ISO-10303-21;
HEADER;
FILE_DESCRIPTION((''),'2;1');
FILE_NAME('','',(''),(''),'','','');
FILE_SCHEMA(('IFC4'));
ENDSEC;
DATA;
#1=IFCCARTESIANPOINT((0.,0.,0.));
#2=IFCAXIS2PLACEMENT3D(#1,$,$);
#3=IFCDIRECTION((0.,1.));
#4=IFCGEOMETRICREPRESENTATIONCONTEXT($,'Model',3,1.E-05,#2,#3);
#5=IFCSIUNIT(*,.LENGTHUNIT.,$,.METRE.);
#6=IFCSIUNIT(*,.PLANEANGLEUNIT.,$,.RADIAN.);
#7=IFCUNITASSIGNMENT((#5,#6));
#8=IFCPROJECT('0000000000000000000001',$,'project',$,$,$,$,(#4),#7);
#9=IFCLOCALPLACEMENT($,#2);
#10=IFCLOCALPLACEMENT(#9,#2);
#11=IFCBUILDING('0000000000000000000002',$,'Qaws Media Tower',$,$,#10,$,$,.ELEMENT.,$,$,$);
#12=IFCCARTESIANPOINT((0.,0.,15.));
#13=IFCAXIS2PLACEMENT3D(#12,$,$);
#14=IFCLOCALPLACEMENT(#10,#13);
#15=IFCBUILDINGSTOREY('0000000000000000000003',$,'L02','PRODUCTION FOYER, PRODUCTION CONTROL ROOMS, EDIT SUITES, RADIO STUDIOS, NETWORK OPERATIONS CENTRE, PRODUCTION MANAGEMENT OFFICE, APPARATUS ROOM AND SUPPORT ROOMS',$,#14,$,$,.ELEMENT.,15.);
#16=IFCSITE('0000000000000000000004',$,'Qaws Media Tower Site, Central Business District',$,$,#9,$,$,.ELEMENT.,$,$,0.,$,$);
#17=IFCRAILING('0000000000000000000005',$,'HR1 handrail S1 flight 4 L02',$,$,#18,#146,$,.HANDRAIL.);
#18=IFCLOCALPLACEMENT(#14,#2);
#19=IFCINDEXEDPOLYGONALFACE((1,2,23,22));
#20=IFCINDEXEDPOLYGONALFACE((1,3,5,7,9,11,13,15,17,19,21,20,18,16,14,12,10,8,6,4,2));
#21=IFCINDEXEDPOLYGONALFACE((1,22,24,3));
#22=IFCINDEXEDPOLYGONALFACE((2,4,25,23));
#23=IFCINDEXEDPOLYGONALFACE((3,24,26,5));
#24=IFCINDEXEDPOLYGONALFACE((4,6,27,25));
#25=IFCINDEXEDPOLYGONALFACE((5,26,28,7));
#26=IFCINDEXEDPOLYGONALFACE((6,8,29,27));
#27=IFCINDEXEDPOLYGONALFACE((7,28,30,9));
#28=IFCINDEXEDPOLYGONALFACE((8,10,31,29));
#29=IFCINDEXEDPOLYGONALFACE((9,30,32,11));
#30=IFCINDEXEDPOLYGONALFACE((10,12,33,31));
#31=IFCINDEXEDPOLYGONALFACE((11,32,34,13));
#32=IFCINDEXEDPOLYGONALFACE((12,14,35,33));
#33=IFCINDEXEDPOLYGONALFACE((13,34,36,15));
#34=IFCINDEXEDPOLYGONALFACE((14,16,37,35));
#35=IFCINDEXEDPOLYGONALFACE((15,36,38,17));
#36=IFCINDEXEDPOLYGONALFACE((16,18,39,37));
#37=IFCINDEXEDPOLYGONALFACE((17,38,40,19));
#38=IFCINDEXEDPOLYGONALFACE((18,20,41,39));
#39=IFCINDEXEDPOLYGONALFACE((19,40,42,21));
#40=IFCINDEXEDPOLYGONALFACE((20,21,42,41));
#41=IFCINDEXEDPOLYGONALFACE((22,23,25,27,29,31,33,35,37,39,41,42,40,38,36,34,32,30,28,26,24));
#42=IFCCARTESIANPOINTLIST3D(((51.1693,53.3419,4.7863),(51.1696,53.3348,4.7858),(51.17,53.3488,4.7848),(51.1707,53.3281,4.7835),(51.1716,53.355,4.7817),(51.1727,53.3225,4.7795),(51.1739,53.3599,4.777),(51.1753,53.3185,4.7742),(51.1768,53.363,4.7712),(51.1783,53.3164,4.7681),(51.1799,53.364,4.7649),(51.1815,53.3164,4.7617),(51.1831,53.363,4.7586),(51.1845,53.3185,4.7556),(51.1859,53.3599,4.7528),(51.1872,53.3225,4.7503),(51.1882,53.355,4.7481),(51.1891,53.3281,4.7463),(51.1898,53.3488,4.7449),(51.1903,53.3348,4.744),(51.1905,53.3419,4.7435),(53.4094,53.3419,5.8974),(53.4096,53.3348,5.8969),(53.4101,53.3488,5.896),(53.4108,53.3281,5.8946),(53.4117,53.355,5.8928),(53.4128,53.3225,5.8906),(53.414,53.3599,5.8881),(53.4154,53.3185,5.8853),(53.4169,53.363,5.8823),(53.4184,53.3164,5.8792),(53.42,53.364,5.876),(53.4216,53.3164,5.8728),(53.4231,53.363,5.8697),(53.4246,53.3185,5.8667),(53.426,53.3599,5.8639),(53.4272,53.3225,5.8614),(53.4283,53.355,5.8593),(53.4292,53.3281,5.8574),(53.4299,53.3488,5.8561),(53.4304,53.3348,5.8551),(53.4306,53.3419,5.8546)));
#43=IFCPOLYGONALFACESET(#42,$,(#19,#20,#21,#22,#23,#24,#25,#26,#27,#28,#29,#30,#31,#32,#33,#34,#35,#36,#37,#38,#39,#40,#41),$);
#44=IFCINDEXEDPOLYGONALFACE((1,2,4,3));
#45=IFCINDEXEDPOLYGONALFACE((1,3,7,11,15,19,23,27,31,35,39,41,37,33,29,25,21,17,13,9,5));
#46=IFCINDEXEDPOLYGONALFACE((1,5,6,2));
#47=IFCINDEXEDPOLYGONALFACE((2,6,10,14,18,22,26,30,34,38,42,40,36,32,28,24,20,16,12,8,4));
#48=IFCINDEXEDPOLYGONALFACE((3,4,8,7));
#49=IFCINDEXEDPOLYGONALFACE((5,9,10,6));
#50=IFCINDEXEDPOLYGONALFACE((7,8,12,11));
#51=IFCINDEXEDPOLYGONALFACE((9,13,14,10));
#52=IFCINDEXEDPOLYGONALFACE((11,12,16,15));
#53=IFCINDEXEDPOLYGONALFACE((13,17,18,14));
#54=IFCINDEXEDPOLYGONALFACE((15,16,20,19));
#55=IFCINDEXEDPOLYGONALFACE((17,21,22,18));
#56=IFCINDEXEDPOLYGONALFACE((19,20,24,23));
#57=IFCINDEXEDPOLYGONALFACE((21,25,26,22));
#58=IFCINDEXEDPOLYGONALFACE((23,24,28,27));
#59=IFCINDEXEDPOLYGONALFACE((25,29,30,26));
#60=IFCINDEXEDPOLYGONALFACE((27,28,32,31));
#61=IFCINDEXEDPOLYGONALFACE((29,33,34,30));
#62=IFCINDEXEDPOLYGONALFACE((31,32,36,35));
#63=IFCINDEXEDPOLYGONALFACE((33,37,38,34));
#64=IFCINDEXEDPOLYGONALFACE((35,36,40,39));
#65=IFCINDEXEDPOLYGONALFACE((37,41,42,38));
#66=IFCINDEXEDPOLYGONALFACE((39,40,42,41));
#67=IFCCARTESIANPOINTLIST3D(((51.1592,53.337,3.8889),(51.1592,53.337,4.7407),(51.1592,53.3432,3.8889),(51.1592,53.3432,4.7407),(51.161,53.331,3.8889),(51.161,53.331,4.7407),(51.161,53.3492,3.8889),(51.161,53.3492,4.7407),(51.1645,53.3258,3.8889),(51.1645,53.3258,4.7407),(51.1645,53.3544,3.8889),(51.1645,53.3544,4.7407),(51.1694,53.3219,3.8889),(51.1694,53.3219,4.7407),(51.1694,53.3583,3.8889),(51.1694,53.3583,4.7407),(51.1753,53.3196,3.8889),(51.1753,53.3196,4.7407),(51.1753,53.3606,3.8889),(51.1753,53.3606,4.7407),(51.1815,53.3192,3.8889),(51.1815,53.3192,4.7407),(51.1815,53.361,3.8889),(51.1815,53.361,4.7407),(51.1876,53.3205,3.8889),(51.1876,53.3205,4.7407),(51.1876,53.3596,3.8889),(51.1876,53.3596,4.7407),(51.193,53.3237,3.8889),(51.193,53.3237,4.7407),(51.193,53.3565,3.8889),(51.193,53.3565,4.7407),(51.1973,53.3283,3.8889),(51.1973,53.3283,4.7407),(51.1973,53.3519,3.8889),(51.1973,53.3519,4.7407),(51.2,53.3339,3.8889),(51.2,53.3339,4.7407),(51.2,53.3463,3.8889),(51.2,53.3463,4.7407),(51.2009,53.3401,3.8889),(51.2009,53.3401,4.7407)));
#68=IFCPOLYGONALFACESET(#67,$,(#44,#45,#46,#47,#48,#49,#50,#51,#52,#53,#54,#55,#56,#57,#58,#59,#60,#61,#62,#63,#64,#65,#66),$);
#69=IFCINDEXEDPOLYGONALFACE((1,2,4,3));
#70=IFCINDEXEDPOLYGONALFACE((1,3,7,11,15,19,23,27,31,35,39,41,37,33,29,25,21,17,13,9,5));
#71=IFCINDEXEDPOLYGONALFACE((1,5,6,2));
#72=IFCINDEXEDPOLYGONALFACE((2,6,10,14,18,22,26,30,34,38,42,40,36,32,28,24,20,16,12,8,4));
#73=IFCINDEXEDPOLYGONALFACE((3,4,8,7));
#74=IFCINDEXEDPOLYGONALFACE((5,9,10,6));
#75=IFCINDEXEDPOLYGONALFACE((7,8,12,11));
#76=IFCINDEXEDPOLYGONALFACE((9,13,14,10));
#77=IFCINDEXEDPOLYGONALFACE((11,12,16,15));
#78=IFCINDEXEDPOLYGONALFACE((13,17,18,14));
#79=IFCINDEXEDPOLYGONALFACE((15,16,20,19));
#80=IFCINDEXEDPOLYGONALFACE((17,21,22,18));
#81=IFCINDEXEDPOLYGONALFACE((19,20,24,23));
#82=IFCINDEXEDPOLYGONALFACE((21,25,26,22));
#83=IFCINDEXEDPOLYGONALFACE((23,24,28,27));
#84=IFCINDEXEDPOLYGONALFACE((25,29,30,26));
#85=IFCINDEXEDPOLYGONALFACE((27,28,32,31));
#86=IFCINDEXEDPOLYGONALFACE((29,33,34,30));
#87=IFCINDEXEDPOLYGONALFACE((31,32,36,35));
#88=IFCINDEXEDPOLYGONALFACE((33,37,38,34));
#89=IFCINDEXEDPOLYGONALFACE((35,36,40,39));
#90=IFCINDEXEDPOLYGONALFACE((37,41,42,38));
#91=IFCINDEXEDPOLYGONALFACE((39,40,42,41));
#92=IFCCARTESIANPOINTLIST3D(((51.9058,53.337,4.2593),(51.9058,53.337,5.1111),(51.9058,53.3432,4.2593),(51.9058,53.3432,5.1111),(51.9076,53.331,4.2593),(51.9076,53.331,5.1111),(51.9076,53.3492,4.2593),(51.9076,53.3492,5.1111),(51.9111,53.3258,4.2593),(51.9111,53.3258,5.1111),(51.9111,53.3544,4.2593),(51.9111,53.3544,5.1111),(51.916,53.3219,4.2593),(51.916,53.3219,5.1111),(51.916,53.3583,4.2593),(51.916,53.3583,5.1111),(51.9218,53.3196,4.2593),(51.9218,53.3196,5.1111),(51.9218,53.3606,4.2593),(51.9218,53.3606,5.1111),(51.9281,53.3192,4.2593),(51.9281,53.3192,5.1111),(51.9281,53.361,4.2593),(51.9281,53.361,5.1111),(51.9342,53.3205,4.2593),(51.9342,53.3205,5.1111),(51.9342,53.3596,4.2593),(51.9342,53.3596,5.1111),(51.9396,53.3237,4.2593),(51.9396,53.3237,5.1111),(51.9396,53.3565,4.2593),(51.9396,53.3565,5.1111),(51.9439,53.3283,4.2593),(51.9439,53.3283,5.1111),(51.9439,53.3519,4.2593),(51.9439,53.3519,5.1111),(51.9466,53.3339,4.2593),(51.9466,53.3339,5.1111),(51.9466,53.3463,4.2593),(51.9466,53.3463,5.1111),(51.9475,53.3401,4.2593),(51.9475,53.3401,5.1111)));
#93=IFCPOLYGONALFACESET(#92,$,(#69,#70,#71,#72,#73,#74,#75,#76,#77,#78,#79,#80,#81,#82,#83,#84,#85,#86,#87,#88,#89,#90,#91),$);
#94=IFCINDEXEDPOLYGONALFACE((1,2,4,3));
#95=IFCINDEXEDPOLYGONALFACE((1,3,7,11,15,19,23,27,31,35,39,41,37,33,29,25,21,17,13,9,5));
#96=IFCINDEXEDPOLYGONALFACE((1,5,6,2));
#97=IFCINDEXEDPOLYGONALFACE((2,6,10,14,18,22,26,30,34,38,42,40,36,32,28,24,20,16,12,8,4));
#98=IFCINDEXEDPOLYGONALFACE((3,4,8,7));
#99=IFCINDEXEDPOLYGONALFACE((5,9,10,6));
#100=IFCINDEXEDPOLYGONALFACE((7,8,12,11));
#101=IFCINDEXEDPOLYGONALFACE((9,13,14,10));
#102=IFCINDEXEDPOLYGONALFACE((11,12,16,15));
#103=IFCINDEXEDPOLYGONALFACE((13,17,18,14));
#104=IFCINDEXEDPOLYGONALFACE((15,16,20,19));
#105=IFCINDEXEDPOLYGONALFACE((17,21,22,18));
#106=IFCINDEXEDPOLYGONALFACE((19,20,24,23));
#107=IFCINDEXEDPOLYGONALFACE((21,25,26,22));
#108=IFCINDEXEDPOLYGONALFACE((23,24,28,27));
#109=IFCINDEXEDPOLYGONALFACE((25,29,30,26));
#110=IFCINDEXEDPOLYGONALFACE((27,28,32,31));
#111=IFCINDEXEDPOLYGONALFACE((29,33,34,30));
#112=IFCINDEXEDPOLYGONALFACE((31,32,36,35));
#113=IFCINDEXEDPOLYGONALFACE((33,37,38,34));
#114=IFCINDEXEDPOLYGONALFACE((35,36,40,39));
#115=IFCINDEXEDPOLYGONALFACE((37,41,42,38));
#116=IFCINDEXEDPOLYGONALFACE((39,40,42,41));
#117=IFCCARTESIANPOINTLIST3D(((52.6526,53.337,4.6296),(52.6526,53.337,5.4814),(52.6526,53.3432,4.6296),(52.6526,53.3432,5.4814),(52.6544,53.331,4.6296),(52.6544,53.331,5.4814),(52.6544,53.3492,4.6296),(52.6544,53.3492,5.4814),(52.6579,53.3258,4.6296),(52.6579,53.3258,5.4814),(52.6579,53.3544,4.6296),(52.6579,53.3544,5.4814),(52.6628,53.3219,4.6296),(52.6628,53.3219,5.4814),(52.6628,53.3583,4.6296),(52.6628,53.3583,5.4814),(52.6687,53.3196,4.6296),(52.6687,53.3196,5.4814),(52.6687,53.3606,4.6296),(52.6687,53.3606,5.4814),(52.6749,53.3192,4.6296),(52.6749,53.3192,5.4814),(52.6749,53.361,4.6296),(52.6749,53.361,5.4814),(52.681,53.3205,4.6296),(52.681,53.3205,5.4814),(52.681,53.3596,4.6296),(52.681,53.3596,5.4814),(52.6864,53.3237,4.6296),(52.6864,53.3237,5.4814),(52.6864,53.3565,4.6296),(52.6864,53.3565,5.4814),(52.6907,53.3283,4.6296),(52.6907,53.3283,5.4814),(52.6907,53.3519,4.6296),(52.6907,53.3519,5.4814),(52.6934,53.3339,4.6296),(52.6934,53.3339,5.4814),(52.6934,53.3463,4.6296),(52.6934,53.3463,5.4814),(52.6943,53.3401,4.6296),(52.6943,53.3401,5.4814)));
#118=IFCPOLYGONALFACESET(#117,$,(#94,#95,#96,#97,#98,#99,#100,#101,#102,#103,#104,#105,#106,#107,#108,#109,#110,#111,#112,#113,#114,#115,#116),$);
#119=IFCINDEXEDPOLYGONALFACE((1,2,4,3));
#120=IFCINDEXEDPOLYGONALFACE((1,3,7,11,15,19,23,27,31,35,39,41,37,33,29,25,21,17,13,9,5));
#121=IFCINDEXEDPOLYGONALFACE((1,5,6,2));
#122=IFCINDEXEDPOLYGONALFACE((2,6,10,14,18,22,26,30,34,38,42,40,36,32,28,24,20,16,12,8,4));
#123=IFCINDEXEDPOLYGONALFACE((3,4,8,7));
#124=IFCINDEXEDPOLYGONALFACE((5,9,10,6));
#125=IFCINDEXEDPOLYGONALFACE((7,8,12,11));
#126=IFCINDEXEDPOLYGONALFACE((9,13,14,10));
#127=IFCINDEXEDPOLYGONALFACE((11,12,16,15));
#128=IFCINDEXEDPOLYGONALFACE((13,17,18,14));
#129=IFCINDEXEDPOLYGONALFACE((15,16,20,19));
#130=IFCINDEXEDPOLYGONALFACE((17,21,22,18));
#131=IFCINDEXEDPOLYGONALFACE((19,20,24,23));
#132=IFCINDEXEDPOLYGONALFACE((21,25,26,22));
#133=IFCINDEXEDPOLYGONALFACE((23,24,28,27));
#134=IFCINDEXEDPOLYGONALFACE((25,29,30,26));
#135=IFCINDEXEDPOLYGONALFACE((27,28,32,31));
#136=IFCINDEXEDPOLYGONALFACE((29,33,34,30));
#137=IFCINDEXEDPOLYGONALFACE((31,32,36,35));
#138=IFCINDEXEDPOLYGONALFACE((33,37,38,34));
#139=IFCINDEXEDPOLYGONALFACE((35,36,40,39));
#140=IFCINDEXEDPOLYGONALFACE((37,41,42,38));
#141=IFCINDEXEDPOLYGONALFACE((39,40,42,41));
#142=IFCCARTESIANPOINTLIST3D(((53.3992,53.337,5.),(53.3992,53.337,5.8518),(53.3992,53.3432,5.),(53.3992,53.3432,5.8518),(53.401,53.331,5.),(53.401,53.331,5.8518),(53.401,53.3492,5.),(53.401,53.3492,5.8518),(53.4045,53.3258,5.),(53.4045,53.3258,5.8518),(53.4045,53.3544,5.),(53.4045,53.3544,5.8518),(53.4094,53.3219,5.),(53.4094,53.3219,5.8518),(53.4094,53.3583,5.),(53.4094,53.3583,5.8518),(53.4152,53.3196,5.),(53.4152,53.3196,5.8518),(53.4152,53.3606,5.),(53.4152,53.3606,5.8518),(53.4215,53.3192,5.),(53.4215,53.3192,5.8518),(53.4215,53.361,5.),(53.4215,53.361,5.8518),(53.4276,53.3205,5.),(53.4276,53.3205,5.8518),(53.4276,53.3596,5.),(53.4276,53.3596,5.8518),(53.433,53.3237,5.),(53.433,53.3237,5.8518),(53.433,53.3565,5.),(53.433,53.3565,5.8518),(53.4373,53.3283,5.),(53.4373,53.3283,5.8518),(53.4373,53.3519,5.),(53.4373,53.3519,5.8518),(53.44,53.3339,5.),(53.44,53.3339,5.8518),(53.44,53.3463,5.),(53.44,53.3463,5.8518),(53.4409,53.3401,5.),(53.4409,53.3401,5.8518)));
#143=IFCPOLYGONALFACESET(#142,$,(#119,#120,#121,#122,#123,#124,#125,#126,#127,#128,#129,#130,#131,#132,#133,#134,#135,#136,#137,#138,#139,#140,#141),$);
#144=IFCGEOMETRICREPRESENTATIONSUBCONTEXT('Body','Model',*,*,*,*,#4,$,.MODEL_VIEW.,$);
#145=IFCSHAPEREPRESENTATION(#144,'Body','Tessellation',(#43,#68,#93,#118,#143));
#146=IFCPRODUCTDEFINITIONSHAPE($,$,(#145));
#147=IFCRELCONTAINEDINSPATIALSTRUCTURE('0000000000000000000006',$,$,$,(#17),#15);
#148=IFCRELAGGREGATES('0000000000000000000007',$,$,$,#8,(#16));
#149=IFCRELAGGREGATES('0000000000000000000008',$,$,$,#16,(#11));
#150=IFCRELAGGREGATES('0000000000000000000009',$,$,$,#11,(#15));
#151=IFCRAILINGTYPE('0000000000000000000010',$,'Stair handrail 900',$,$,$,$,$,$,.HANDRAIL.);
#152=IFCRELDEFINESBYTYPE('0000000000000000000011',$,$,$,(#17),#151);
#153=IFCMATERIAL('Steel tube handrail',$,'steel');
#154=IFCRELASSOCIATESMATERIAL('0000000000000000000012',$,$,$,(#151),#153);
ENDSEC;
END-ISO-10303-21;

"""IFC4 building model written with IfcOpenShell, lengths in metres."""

from ifc_helpers import new_model, si_unit, direction, frame, origin, origin_2d, place, context, subcontext, project, spatial, circle, extrude, material, type_object, element, save


model = new_model("IFC4")

# Units and contexts
model_context = context("Model", 3, precision=1e-05, world=origin(), true_north=direction((0.0, 1.0)))
body_context = subcontext(model_context, "Body", "Model", "MODEL_VIEW")
ifc_project = project(units=[si_unit("LENGTHUNIT", "METRE"), si_unit("PLANEANGLEUNIT", "RADIAN")], contexts=[model_context])

# Site, building, storey
site_placement = place(None, origin())
site = spatial("IfcSite", under=ifc_project, at=site_placement, Name="Qaws Media Tower Site, Central Business District", CompositionType="ELEMENT", RefElevation=0.0)
building_placement = place(site_placement, origin())
building = spatial("IfcBuilding", under=site, at=building_placement, Name="Qaws Media Tower", CompositionType="ELEMENT")
storey_placement = place(building_placement, frame((0.0, 0.0, 15.0)))
storey = spatial("IfcBuildingStorey", under=building, at=storey_placement, Name="L02", Description="PRODUCTION FOYER, PRODUCTION CONTROL ROOMS, EDIT SUITES, RADIO STUDIOS, NETWORK OPERATIONS CENTRE, PRODUCTION MANAGEMENT OFFICE, APPARATUS ROOM AND SUPPORT ROOMS", CompositionType="ELEMENT", Elevation=15.0)

# Railing
ifc_material_1 = material(Name="Steel tube handrail", Category="steel")
railing_type = type_object("IfcRailingType", Name="Stair handrail 900", PredefinedType="HANDRAIL", material=ifc_material_1)
for number, where, name in (
    (1, (51.1799, 53.3401, 3.8889), "HR1 handrail S1 flight 4 L02"),
):
    element("IfcRailing", number, at=place(storey_placement, frame(where)), inside=storey, type_object=railing_type, Name=name, PredefinedType="HANDRAIL", context=body_context, shape_type="SweptSolid", body=[
        extrude(circle(Radius=0.0239, at=origin_2d()), frame((0.0, 0.0, 0.876), z_axis=(0.895848, 0.0, 0.44436), x_axis=(0.0, 1.0, 0.0)), (0.0, 0.0, 1.0), 2.5005),
        extrude(circle(Radius=0.021, at=origin_2d()), origin(), (0.0, 0.0, 1.0), 0.8518),
        extrude(circle(Radius=0.021, at=origin_2d()), frame((0.7466, 0.0, 0.3704)), (0.0, 0.0, 1.0), 0.8518),
        extrude(circle(Radius=0.021, at=origin_2d()), frame((1.4934, 0.0, 0.7407)), (0.0, 0.0, 1.0), 0.8518),
        extrude(circle(Radius=0.021, at=origin_2d()), frame((2.24, 0.0, 1.1111)), (0.0, 0.0, 1.0), 0.8518),
    ])

save(model, "model.ifc")
